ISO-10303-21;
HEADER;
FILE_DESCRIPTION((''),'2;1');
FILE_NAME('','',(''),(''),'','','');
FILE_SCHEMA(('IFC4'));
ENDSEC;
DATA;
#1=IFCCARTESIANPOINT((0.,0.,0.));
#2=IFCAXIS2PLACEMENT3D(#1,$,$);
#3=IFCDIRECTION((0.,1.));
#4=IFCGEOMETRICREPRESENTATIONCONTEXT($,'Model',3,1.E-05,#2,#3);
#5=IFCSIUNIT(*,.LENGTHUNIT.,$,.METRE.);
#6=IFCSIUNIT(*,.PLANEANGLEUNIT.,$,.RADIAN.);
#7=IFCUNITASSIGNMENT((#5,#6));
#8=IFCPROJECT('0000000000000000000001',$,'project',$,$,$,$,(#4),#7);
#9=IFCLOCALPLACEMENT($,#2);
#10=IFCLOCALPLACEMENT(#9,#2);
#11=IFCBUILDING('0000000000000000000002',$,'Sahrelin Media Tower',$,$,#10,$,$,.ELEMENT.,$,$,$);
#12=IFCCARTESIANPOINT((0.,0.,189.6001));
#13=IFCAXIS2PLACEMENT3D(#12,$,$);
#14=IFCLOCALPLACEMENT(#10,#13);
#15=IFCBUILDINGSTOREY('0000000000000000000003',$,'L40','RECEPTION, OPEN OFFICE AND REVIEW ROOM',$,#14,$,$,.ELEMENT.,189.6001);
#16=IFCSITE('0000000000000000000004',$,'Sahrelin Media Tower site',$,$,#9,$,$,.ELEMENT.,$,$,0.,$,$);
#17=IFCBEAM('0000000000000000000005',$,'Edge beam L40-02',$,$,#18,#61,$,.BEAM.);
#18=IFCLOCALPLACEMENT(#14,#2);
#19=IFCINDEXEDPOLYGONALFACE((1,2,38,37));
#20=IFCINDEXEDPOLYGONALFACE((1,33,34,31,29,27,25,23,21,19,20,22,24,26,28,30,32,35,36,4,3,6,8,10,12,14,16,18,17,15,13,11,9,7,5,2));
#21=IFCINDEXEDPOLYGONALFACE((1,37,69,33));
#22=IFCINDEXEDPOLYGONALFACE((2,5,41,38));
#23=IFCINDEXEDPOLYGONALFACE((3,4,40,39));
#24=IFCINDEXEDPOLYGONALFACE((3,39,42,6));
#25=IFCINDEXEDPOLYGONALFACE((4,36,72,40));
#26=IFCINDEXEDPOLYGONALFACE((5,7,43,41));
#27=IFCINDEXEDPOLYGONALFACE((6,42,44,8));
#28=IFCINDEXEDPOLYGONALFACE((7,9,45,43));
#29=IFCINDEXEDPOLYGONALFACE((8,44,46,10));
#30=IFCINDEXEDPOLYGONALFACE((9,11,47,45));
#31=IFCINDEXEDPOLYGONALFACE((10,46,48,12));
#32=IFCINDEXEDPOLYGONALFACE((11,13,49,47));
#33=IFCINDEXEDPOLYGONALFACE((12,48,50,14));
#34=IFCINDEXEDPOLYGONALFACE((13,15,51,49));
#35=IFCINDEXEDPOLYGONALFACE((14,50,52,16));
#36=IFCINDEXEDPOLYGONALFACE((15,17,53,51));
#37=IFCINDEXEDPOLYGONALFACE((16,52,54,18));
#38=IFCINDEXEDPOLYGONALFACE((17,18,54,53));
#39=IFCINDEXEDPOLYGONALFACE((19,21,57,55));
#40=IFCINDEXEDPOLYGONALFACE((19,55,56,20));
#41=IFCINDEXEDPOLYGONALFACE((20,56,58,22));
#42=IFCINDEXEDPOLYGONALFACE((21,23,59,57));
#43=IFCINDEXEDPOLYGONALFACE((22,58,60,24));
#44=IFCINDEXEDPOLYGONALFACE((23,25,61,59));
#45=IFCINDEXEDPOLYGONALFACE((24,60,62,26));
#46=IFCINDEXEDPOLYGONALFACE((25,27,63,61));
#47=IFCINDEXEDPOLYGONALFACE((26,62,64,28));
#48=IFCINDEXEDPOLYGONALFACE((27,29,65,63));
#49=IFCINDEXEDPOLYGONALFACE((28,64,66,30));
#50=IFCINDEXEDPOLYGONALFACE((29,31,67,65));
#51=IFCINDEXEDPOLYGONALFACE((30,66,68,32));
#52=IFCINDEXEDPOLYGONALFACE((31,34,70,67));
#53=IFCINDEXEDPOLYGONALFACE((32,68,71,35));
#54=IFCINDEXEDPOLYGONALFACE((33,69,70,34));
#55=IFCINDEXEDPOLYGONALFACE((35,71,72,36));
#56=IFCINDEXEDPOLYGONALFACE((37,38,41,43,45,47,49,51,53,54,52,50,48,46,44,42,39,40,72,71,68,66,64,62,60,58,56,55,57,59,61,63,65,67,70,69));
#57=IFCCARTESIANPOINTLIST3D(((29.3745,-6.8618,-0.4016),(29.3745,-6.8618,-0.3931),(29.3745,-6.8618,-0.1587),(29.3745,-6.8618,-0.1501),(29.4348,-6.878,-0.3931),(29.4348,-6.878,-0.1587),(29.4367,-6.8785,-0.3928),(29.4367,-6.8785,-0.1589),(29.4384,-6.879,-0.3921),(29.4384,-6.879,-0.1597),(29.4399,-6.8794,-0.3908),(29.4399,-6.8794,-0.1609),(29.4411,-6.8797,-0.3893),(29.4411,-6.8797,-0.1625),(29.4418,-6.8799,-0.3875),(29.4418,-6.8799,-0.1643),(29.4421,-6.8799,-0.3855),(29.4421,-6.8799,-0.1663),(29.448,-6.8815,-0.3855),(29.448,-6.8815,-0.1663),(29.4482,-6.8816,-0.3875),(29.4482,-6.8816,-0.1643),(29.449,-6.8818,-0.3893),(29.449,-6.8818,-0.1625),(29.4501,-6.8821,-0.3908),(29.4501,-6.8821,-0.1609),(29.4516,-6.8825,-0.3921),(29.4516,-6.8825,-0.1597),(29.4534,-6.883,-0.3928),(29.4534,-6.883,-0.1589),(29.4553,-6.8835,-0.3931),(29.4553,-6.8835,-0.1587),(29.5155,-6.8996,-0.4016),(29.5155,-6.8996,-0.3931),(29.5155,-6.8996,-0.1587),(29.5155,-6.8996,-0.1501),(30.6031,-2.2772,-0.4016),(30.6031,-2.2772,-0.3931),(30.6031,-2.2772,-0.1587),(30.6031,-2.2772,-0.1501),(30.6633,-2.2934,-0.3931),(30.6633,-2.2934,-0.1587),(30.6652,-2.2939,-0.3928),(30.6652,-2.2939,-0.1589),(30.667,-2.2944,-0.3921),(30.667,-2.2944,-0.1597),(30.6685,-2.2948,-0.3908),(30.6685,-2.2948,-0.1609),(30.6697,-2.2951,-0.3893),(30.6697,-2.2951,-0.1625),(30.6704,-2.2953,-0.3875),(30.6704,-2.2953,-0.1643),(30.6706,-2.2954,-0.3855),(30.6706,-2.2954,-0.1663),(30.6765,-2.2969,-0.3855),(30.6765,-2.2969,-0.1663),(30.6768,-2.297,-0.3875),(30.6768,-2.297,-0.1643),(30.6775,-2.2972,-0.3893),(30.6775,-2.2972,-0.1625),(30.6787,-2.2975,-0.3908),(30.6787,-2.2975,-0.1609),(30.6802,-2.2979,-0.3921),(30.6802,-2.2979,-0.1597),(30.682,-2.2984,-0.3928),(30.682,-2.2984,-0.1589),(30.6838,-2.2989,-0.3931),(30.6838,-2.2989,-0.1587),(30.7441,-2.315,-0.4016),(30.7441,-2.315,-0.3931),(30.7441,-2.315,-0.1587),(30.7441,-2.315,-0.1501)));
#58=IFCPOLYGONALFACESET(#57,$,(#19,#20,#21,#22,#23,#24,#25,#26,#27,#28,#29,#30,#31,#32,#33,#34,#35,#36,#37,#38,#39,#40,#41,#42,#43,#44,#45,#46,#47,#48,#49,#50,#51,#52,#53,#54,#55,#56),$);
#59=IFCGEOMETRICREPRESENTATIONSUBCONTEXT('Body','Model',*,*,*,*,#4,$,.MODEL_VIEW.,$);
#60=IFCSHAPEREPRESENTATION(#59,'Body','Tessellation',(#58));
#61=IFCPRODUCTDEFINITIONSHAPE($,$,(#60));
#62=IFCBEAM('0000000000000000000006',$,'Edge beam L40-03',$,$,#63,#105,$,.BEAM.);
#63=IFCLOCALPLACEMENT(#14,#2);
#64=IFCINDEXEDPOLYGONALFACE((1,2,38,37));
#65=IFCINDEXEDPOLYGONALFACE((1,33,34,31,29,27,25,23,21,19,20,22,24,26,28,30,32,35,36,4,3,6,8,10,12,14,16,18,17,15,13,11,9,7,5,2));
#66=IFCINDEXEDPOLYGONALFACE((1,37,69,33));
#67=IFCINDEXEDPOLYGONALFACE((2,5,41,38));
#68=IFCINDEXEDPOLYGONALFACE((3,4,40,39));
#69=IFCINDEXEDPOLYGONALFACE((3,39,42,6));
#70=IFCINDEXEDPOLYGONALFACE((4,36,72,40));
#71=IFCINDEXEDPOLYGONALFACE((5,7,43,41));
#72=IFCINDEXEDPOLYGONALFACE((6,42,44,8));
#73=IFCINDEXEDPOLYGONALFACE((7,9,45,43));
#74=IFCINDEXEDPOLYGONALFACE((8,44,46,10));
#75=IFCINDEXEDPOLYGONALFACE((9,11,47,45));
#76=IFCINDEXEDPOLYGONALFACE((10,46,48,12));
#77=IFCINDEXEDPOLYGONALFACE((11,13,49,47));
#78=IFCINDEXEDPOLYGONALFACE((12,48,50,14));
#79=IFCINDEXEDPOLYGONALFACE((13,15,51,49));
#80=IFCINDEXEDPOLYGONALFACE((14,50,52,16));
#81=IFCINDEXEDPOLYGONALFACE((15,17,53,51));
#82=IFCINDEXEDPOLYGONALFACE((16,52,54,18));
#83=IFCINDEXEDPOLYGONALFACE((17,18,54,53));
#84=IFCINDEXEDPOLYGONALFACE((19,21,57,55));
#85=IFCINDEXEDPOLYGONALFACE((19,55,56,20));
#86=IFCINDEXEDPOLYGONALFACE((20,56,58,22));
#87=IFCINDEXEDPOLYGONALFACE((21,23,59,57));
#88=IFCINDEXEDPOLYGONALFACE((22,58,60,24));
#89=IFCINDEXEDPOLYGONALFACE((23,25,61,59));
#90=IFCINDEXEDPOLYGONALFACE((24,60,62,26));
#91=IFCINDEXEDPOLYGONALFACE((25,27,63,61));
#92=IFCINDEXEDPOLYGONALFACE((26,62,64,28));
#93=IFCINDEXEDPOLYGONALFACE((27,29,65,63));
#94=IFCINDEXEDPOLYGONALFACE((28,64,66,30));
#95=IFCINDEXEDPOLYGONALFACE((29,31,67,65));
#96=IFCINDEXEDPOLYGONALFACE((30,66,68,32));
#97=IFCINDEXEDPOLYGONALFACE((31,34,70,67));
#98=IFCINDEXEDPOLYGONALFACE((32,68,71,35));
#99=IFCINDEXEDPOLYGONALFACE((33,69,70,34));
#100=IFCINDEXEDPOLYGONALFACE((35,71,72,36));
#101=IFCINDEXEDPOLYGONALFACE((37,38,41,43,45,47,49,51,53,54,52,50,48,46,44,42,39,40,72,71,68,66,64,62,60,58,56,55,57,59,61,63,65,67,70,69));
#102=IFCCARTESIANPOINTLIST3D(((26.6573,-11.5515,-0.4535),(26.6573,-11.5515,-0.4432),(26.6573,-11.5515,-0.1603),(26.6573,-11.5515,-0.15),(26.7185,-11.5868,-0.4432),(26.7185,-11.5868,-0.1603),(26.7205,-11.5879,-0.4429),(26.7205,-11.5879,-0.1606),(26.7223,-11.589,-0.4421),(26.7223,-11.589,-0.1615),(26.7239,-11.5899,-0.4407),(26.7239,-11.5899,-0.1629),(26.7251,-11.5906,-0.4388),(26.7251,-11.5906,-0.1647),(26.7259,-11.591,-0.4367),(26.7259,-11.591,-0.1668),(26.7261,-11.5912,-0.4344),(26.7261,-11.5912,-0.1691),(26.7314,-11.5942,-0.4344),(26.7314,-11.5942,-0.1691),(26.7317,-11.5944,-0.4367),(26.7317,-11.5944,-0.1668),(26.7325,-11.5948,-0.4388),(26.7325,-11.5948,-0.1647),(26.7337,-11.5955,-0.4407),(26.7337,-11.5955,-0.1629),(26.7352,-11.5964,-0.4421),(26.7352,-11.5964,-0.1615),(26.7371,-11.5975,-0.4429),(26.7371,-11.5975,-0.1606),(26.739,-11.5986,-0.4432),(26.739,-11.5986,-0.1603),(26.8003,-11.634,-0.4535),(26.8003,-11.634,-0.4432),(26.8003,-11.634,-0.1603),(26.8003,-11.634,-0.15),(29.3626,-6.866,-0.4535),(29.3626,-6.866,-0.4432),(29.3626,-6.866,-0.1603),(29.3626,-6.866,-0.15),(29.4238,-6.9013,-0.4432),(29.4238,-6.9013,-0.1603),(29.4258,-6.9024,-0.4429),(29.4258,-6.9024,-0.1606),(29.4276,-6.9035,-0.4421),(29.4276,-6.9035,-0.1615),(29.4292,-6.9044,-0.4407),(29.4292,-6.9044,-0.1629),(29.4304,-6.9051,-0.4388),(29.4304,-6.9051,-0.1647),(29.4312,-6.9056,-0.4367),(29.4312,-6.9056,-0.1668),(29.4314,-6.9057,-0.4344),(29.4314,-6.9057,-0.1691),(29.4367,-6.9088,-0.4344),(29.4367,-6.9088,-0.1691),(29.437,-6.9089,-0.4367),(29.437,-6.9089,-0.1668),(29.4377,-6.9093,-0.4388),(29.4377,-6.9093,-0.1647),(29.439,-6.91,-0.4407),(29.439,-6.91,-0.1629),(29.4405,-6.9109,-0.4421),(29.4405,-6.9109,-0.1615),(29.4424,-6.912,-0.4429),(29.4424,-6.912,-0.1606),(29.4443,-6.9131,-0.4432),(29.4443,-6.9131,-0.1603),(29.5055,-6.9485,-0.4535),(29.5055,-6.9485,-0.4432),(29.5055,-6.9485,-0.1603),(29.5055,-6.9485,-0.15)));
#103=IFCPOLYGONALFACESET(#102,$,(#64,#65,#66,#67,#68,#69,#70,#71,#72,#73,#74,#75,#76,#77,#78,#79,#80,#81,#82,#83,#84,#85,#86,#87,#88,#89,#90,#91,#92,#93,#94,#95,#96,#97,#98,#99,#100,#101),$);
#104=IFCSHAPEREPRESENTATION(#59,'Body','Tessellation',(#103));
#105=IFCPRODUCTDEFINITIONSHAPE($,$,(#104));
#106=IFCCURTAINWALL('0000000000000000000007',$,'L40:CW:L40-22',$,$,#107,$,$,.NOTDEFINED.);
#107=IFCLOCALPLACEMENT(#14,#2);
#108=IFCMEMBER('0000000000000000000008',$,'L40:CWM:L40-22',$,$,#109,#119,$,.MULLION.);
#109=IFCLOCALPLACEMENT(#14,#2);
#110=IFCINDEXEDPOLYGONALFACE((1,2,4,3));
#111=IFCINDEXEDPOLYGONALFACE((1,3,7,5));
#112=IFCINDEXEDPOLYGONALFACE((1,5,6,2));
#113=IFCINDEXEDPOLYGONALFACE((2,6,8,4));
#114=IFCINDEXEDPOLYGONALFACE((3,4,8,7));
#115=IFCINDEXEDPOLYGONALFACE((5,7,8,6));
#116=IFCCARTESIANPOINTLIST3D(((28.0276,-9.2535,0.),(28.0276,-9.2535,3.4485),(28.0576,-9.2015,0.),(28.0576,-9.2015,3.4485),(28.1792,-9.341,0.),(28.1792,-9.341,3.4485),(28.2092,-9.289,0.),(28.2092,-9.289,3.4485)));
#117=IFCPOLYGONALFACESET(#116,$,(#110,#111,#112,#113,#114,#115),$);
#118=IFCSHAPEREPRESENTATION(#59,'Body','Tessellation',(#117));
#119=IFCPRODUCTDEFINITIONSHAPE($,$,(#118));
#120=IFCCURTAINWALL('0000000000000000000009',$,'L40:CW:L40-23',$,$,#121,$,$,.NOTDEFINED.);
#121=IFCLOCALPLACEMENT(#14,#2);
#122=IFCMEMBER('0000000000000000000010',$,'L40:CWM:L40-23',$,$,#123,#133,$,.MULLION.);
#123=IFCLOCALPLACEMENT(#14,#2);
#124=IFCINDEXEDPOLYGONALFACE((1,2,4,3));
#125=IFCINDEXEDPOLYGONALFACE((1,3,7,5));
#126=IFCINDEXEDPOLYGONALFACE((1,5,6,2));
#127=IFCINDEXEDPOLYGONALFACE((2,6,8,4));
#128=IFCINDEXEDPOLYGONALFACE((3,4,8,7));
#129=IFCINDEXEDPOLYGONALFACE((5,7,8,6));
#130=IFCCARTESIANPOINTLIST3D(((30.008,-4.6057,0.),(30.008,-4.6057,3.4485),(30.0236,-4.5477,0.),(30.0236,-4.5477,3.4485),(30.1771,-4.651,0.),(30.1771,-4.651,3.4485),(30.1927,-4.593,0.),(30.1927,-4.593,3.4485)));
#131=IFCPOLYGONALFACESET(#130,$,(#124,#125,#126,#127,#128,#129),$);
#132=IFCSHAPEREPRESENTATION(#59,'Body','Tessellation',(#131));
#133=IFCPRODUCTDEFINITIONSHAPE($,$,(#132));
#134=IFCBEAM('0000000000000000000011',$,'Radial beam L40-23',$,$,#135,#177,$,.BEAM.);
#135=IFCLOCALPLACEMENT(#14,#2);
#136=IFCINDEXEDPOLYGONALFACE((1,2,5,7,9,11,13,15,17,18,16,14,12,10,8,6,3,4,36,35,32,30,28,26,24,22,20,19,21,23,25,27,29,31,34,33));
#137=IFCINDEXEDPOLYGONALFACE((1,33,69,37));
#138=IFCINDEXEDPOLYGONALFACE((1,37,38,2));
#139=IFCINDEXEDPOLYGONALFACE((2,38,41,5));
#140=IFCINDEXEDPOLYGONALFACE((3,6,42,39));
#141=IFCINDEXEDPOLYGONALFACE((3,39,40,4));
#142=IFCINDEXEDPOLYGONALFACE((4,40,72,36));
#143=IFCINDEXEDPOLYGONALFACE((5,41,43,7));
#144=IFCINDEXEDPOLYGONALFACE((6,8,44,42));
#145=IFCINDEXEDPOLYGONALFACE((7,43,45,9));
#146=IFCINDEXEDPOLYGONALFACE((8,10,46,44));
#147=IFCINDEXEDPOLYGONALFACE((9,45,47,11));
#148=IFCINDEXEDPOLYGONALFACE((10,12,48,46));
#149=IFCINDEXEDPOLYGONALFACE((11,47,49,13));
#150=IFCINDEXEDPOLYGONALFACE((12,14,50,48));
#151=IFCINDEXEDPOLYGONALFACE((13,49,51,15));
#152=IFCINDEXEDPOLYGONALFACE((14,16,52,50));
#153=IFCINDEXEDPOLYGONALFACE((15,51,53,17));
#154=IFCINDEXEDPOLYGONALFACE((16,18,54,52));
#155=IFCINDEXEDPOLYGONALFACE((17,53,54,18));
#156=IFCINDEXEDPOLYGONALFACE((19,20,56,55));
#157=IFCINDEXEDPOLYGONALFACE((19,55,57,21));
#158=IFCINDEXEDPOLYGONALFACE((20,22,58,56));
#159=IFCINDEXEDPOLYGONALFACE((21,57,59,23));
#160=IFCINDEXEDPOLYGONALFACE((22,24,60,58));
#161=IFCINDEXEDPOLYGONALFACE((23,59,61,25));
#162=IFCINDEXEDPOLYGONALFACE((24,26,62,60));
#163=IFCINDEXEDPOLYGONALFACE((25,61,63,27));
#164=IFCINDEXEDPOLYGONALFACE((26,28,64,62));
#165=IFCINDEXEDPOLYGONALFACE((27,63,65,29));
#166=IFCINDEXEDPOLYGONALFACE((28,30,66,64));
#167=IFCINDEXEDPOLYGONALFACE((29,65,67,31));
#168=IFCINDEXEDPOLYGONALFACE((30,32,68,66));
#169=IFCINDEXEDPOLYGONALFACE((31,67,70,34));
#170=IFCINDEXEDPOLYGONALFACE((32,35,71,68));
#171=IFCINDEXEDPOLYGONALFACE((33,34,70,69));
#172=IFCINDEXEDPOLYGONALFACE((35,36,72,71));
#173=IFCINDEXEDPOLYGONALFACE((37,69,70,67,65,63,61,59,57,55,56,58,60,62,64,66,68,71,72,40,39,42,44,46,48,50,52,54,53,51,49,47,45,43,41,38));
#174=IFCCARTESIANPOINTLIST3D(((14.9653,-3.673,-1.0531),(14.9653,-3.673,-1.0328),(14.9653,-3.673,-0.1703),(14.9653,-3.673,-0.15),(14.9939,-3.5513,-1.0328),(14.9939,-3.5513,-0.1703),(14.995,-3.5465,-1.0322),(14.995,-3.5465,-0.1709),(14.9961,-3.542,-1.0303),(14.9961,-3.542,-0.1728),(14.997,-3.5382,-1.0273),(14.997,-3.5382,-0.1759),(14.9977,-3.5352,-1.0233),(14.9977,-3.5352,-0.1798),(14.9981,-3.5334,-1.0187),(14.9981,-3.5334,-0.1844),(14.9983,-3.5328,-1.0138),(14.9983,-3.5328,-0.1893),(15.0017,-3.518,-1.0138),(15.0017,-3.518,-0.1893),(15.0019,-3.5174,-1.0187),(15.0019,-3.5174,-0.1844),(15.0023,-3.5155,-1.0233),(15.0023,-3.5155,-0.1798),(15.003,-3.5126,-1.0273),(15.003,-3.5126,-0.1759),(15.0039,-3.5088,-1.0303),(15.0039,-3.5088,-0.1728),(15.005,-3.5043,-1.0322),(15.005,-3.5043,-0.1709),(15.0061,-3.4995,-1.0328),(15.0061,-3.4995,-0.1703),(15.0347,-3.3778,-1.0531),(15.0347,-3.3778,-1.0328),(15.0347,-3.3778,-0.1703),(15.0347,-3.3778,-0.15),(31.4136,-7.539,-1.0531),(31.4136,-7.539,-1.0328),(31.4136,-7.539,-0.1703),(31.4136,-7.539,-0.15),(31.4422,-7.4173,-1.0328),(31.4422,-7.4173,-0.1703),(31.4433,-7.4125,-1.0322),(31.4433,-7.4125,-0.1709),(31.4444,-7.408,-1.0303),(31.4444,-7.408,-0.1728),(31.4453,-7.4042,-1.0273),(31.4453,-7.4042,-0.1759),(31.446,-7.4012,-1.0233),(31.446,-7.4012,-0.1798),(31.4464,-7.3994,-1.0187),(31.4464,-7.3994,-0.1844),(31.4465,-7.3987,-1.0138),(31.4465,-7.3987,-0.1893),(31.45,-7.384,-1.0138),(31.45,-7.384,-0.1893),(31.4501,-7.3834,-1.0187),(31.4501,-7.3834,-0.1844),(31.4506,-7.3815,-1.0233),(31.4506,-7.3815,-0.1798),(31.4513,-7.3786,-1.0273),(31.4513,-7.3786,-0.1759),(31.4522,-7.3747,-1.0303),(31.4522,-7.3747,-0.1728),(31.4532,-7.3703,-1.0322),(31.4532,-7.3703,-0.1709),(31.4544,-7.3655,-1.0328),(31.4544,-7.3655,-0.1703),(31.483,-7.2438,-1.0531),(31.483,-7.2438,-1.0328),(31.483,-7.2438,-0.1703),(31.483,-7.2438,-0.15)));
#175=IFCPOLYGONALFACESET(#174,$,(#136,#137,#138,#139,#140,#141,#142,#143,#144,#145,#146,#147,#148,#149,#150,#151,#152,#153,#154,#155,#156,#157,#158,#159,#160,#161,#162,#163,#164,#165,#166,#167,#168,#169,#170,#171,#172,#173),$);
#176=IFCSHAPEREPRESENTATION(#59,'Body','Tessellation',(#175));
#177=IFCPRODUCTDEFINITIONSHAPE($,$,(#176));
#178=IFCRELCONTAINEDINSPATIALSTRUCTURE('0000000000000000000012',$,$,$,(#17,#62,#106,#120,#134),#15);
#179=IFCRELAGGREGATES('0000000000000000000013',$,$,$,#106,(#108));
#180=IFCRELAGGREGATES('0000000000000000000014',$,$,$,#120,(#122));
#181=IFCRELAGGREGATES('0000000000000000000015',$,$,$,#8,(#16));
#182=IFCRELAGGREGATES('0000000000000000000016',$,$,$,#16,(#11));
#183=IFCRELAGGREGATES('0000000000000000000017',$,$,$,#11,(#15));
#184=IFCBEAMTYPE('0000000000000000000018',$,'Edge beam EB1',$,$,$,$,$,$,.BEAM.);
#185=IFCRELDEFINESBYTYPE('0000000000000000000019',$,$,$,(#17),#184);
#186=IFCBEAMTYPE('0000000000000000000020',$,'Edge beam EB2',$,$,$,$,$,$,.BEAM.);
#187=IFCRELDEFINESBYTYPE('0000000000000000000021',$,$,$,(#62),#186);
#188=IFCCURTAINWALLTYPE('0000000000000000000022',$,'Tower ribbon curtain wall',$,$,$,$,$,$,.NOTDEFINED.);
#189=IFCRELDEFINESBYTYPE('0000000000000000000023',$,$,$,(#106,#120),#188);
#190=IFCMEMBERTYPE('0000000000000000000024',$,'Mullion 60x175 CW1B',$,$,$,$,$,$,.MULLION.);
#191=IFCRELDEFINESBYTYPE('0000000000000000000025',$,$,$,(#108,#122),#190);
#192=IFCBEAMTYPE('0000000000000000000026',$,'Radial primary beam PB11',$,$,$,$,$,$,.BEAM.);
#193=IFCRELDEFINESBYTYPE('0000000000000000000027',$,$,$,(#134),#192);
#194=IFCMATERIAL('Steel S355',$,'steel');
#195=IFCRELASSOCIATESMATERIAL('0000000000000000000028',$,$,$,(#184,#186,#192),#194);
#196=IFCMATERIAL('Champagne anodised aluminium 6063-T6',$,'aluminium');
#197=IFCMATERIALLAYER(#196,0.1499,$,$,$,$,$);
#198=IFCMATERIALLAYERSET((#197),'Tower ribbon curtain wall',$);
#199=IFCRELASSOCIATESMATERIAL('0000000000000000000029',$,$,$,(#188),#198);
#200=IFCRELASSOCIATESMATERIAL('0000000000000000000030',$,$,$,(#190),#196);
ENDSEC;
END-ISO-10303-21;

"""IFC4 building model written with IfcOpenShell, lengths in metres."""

from ifc_helpers import new_model, si_unit, direction, frame, origin, origin_2d, place, context, subcontext, project, spatial, rectangle, i_section, extrude, material, layer, layer_set, material_profile, profile_set, type_object, element, aggregate, save


model = new_model("IFC4")

# Units and contexts
model_context = context("Model", 3, precision=1e-05, world=origin(), true_north=direction((0.0, 1.0)))
body_context = subcontext(model_context, "Body", "Model", "MODEL_VIEW")
ifc_project = project(units=[si_unit("LENGTHUNIT", "METRE"), si_unit("PLANEANGLEUNIT", "RADIAN")], contexts=[model_context])

# Site, building, storey
site_placement = place(None, origin())
site = spatial("IfcSite", under=ifc_project, at=site_placement, Name="Sahrelin Media Tower site", CompositionType="ELEMENT", RefElevation=0.0)
building_placement = place(site_placement, origin())
building = spatial("IfcBuilding", under=site, at=building_placement, Name="Sahrelin Media Tower", CompositionType="ELEMENT")
storey_placement = place(building_placement, frame((0.0, 0.0, 189.6001)))
storey = spatial("IfcBuildingStorey", under=building, at=storey_placement, Name="L40", Description="RECEPTION, OPEN OFFICE AND REVIEW ROOM", CompositionType="ELEMENT", Elevation=189.6001)

# Beams
ifc_material_1 = material(Name="Steel S355", Category="steel")
ifc_material_profile_1 = material_profile(ifc_material_1, i_section(OverallWidth=0.146, OverallDepth=0.2515, WebThickness=0.0061, FlangeThickness=0.0085, FilletRadius=0.0076, at=origin_2d()), Name="UB 254x146x31")
ifc_profile_set_1 = profile_set([ifc_material_profile_1], Name="Steel S355")
beam_type_1 = type_object("IfcBeamType", Name="Edge beam EB1", PredefinedType="BEAM", material=ifc_profile_set_1)
beam_1_placement = place(storey_placement, frame((30.6736, -2.2961, -0.2759), z_axis=(-0.258841, -0.96592, 0.0), x_axis=(0.96592, -0.258841, 0.0)))
element("IfcBeam", 1, at=beam_1_placement, inside=storey, type_object=beam_type_1, Name="Edge beam L40-02", PredefinedType="BEAM", context=body_context, shape_type="SweptSolid", body=[
    extrude(i_section(OverallWidth=0.146, OverallDepth=0.2515, WebThickness=0.0061, FlangeThickness=0.0085, FilletRadius=0.0076, at=origin_2d()), origin(), (0.0, 0.0, 1.0), 4.7463),
])
ifc_material_profile_2 = material_profile(ifc_material_1, i_section(OverallWidth=0.165, OverallDepth=0.3035, WebThickness=0.0061, FlangeThickness=0.0103, FilletRadius=0.0088, at=origin_2d()), Name="UB 305x165x40")
ifc_profile_set_2 = profile_set([ifc_material_profile_2], Name="Steel S355")
beam_type_2 = type_object("IfcBeamType", Name="Edge beam EB2", PredefinedType="BEAM", material=ifc_profile_set_2)
beam_2_placement = place(storey_placement, frame((29.4341, -6.9072, -0.3018), z_axis=(-0.500017, -0.866016, 0.0), x_axis=(0.866016, -0.500017, 0.0)))
element("IfcBeam", 2, at=beam_2_placement, inside=storey, type_object=beam_type_2, Name="Edge beam L40-03", PredefinedType="BEAM", context=body_context, shape_type="SweptSolid", body=[
    extrude(i_section(OverallWidth=0.165, OverallDepth=0.3035, WebThickness=0.0061, FlangeThickness=0.0103, FilletRadius=0.0088, at=origin_2d()), origin(), (0.0, 0.0, 1.0), 5.4104),
])

# Curtain walls, members
ifc_material_2 = material(Name="Champagne anodised aluminium 6063-T6", Category="aluminium")
ifc_layer_1 = layer(ifc_material_2, 0.1499)
ifc_layer_set_1 = layer_set([ifc_layer_1], Name="Tower ribbon curtain wall")
curtain_wall_type = type_object("IfcCurtainWallType", Name="Tower ribbon curtain wall", PredefinedType="NOTDEFINED", material=ifc_layer_set_1)
curtain_wall_1_placement = place(storey_placement, frame((28.2114, -9.325, 0.0), z_axis=(0.0, 0.0, 1.0), x_axis=(1.0, 0.0, 0.0)))
curtain_wall_1 = element("IfcCurtainWall", 3, at=curtain_wall_1_placement, inside=storey, type_object=curtain_wall_type, Name="L40:CW:L40-22", PredefinedType="NOTDEFINED")
ifc_material_profile_3 = material_profile(ifc_material_2, rectangle(XDim=0.0601, YDim=0.175, at=origin_2d()), Name="Mullion 60x175")
ifc_profile_set_3 = profile_set([ifc_material_profile_3], Name="Champagne anodised aluminium 6063-T6")
member_type_1 = type_object("IfcMemberType", Name="Mullion 60x175 CW1B", PredefinedType="MULLION", material=ifc_profile_set_3)
member_1_placement = place(storey_placement, frame((28.1184, -9.2712, 0.0), z_axis=(0.0, 0.0, 1.0), x_axis=(0.499997, 0.866027, 0.0)))
member_1 = element("IfcMember", 4, at=member_1_placement, type_object=member_type_1, Name="L40:CWM:L40-22", PredefinedType="MULLION", context=body_context, shape_type="SweptSolid", body=[
    extrude(rectangle(XDim=0.0601, YDim=0.175, at=origin_2d()), origin(), (0.0, 0.0, 1.0), 3.4485),
])
curtain_wall_2_placement = place(storey_placement, frame((30.2041, -4.6272, 0.0), z_axis=(0.0, 0.0, 1.0), x_axis=(1.0, 0.0, 0.0)))
curtain_wall_2 = element("IfcCurtainWall", 5, at=curtain_wall_2_placement, inside=storey, type_object=curtain_wall_type, Name="L40:CW:L40-23", PredefinedType="NOTDEFINED")
member_2_placement = place(storey_placement, frame((30.1003, -4.5994, 0.0), z_axis=(0.0, 0.0, 1.0), x_axis=(0.258829, 0.965923, 0.0)))
member_2 = element("IfcMember", 6, at=member_2_placement, type_object=member_type_1, Name="L40:CWM:L40-23", PredefinedType="MULLION", context=body_context, shape_type="SweptSolid", body=[
    extrude(rectangle(XDim=0.0601, YDim=0.175, at=origin_2d()), origin(), (0.0, 0.0, 1.0), 3.4485),
])

# Beam
ifc_material_profile_4 = material_profile(ifc_material_1, i_section(OverallWidth=0.3032, OverallDepth=0.9031, WebThickness=0.0151, FlangeThickness=0.0203, FilletRadius=0.019, at=origin_2d()), Name="UB 914x305x201")
ifc_profile_set_4 = profile_set([ifc_material_profile_4], Name="Steel S355")
beam_type_3 = type_object("IfcBeamType", Name="Radial primary beam PB11", PredefinedType="BEAM", material=ifc_profile_set_4)
beam_3_placement = place(storey_placement, frame((15.0, -3.5254, -0.6016), z_axis=(0.973473, -0.228803, 0.0), x_axis=(0.228803, 0.973473, 0.0)))
element("IfcBeam", 7, at=beam_3_placement, inside=storey, type_object=beam_type_3, Name="Radial beam L40-23", PredefinedType="BEAM", context=body_context, shape_type="SweptSolid", body=[
    extrude(i_section(OverallWidth=0.3032, OverallDepth=0.9031, WebThickness=0.0151, FlangeThickness=0.0203, FilletRadius=0.019, at=origin_2d()), origin(), (0.0, 0.0, 1.0), 16.8965),
])

aggregate(curtain_wall_1, [member_1])

aggregate(curtain_wall_2, [member_2])

save(model, "model.ifc")
